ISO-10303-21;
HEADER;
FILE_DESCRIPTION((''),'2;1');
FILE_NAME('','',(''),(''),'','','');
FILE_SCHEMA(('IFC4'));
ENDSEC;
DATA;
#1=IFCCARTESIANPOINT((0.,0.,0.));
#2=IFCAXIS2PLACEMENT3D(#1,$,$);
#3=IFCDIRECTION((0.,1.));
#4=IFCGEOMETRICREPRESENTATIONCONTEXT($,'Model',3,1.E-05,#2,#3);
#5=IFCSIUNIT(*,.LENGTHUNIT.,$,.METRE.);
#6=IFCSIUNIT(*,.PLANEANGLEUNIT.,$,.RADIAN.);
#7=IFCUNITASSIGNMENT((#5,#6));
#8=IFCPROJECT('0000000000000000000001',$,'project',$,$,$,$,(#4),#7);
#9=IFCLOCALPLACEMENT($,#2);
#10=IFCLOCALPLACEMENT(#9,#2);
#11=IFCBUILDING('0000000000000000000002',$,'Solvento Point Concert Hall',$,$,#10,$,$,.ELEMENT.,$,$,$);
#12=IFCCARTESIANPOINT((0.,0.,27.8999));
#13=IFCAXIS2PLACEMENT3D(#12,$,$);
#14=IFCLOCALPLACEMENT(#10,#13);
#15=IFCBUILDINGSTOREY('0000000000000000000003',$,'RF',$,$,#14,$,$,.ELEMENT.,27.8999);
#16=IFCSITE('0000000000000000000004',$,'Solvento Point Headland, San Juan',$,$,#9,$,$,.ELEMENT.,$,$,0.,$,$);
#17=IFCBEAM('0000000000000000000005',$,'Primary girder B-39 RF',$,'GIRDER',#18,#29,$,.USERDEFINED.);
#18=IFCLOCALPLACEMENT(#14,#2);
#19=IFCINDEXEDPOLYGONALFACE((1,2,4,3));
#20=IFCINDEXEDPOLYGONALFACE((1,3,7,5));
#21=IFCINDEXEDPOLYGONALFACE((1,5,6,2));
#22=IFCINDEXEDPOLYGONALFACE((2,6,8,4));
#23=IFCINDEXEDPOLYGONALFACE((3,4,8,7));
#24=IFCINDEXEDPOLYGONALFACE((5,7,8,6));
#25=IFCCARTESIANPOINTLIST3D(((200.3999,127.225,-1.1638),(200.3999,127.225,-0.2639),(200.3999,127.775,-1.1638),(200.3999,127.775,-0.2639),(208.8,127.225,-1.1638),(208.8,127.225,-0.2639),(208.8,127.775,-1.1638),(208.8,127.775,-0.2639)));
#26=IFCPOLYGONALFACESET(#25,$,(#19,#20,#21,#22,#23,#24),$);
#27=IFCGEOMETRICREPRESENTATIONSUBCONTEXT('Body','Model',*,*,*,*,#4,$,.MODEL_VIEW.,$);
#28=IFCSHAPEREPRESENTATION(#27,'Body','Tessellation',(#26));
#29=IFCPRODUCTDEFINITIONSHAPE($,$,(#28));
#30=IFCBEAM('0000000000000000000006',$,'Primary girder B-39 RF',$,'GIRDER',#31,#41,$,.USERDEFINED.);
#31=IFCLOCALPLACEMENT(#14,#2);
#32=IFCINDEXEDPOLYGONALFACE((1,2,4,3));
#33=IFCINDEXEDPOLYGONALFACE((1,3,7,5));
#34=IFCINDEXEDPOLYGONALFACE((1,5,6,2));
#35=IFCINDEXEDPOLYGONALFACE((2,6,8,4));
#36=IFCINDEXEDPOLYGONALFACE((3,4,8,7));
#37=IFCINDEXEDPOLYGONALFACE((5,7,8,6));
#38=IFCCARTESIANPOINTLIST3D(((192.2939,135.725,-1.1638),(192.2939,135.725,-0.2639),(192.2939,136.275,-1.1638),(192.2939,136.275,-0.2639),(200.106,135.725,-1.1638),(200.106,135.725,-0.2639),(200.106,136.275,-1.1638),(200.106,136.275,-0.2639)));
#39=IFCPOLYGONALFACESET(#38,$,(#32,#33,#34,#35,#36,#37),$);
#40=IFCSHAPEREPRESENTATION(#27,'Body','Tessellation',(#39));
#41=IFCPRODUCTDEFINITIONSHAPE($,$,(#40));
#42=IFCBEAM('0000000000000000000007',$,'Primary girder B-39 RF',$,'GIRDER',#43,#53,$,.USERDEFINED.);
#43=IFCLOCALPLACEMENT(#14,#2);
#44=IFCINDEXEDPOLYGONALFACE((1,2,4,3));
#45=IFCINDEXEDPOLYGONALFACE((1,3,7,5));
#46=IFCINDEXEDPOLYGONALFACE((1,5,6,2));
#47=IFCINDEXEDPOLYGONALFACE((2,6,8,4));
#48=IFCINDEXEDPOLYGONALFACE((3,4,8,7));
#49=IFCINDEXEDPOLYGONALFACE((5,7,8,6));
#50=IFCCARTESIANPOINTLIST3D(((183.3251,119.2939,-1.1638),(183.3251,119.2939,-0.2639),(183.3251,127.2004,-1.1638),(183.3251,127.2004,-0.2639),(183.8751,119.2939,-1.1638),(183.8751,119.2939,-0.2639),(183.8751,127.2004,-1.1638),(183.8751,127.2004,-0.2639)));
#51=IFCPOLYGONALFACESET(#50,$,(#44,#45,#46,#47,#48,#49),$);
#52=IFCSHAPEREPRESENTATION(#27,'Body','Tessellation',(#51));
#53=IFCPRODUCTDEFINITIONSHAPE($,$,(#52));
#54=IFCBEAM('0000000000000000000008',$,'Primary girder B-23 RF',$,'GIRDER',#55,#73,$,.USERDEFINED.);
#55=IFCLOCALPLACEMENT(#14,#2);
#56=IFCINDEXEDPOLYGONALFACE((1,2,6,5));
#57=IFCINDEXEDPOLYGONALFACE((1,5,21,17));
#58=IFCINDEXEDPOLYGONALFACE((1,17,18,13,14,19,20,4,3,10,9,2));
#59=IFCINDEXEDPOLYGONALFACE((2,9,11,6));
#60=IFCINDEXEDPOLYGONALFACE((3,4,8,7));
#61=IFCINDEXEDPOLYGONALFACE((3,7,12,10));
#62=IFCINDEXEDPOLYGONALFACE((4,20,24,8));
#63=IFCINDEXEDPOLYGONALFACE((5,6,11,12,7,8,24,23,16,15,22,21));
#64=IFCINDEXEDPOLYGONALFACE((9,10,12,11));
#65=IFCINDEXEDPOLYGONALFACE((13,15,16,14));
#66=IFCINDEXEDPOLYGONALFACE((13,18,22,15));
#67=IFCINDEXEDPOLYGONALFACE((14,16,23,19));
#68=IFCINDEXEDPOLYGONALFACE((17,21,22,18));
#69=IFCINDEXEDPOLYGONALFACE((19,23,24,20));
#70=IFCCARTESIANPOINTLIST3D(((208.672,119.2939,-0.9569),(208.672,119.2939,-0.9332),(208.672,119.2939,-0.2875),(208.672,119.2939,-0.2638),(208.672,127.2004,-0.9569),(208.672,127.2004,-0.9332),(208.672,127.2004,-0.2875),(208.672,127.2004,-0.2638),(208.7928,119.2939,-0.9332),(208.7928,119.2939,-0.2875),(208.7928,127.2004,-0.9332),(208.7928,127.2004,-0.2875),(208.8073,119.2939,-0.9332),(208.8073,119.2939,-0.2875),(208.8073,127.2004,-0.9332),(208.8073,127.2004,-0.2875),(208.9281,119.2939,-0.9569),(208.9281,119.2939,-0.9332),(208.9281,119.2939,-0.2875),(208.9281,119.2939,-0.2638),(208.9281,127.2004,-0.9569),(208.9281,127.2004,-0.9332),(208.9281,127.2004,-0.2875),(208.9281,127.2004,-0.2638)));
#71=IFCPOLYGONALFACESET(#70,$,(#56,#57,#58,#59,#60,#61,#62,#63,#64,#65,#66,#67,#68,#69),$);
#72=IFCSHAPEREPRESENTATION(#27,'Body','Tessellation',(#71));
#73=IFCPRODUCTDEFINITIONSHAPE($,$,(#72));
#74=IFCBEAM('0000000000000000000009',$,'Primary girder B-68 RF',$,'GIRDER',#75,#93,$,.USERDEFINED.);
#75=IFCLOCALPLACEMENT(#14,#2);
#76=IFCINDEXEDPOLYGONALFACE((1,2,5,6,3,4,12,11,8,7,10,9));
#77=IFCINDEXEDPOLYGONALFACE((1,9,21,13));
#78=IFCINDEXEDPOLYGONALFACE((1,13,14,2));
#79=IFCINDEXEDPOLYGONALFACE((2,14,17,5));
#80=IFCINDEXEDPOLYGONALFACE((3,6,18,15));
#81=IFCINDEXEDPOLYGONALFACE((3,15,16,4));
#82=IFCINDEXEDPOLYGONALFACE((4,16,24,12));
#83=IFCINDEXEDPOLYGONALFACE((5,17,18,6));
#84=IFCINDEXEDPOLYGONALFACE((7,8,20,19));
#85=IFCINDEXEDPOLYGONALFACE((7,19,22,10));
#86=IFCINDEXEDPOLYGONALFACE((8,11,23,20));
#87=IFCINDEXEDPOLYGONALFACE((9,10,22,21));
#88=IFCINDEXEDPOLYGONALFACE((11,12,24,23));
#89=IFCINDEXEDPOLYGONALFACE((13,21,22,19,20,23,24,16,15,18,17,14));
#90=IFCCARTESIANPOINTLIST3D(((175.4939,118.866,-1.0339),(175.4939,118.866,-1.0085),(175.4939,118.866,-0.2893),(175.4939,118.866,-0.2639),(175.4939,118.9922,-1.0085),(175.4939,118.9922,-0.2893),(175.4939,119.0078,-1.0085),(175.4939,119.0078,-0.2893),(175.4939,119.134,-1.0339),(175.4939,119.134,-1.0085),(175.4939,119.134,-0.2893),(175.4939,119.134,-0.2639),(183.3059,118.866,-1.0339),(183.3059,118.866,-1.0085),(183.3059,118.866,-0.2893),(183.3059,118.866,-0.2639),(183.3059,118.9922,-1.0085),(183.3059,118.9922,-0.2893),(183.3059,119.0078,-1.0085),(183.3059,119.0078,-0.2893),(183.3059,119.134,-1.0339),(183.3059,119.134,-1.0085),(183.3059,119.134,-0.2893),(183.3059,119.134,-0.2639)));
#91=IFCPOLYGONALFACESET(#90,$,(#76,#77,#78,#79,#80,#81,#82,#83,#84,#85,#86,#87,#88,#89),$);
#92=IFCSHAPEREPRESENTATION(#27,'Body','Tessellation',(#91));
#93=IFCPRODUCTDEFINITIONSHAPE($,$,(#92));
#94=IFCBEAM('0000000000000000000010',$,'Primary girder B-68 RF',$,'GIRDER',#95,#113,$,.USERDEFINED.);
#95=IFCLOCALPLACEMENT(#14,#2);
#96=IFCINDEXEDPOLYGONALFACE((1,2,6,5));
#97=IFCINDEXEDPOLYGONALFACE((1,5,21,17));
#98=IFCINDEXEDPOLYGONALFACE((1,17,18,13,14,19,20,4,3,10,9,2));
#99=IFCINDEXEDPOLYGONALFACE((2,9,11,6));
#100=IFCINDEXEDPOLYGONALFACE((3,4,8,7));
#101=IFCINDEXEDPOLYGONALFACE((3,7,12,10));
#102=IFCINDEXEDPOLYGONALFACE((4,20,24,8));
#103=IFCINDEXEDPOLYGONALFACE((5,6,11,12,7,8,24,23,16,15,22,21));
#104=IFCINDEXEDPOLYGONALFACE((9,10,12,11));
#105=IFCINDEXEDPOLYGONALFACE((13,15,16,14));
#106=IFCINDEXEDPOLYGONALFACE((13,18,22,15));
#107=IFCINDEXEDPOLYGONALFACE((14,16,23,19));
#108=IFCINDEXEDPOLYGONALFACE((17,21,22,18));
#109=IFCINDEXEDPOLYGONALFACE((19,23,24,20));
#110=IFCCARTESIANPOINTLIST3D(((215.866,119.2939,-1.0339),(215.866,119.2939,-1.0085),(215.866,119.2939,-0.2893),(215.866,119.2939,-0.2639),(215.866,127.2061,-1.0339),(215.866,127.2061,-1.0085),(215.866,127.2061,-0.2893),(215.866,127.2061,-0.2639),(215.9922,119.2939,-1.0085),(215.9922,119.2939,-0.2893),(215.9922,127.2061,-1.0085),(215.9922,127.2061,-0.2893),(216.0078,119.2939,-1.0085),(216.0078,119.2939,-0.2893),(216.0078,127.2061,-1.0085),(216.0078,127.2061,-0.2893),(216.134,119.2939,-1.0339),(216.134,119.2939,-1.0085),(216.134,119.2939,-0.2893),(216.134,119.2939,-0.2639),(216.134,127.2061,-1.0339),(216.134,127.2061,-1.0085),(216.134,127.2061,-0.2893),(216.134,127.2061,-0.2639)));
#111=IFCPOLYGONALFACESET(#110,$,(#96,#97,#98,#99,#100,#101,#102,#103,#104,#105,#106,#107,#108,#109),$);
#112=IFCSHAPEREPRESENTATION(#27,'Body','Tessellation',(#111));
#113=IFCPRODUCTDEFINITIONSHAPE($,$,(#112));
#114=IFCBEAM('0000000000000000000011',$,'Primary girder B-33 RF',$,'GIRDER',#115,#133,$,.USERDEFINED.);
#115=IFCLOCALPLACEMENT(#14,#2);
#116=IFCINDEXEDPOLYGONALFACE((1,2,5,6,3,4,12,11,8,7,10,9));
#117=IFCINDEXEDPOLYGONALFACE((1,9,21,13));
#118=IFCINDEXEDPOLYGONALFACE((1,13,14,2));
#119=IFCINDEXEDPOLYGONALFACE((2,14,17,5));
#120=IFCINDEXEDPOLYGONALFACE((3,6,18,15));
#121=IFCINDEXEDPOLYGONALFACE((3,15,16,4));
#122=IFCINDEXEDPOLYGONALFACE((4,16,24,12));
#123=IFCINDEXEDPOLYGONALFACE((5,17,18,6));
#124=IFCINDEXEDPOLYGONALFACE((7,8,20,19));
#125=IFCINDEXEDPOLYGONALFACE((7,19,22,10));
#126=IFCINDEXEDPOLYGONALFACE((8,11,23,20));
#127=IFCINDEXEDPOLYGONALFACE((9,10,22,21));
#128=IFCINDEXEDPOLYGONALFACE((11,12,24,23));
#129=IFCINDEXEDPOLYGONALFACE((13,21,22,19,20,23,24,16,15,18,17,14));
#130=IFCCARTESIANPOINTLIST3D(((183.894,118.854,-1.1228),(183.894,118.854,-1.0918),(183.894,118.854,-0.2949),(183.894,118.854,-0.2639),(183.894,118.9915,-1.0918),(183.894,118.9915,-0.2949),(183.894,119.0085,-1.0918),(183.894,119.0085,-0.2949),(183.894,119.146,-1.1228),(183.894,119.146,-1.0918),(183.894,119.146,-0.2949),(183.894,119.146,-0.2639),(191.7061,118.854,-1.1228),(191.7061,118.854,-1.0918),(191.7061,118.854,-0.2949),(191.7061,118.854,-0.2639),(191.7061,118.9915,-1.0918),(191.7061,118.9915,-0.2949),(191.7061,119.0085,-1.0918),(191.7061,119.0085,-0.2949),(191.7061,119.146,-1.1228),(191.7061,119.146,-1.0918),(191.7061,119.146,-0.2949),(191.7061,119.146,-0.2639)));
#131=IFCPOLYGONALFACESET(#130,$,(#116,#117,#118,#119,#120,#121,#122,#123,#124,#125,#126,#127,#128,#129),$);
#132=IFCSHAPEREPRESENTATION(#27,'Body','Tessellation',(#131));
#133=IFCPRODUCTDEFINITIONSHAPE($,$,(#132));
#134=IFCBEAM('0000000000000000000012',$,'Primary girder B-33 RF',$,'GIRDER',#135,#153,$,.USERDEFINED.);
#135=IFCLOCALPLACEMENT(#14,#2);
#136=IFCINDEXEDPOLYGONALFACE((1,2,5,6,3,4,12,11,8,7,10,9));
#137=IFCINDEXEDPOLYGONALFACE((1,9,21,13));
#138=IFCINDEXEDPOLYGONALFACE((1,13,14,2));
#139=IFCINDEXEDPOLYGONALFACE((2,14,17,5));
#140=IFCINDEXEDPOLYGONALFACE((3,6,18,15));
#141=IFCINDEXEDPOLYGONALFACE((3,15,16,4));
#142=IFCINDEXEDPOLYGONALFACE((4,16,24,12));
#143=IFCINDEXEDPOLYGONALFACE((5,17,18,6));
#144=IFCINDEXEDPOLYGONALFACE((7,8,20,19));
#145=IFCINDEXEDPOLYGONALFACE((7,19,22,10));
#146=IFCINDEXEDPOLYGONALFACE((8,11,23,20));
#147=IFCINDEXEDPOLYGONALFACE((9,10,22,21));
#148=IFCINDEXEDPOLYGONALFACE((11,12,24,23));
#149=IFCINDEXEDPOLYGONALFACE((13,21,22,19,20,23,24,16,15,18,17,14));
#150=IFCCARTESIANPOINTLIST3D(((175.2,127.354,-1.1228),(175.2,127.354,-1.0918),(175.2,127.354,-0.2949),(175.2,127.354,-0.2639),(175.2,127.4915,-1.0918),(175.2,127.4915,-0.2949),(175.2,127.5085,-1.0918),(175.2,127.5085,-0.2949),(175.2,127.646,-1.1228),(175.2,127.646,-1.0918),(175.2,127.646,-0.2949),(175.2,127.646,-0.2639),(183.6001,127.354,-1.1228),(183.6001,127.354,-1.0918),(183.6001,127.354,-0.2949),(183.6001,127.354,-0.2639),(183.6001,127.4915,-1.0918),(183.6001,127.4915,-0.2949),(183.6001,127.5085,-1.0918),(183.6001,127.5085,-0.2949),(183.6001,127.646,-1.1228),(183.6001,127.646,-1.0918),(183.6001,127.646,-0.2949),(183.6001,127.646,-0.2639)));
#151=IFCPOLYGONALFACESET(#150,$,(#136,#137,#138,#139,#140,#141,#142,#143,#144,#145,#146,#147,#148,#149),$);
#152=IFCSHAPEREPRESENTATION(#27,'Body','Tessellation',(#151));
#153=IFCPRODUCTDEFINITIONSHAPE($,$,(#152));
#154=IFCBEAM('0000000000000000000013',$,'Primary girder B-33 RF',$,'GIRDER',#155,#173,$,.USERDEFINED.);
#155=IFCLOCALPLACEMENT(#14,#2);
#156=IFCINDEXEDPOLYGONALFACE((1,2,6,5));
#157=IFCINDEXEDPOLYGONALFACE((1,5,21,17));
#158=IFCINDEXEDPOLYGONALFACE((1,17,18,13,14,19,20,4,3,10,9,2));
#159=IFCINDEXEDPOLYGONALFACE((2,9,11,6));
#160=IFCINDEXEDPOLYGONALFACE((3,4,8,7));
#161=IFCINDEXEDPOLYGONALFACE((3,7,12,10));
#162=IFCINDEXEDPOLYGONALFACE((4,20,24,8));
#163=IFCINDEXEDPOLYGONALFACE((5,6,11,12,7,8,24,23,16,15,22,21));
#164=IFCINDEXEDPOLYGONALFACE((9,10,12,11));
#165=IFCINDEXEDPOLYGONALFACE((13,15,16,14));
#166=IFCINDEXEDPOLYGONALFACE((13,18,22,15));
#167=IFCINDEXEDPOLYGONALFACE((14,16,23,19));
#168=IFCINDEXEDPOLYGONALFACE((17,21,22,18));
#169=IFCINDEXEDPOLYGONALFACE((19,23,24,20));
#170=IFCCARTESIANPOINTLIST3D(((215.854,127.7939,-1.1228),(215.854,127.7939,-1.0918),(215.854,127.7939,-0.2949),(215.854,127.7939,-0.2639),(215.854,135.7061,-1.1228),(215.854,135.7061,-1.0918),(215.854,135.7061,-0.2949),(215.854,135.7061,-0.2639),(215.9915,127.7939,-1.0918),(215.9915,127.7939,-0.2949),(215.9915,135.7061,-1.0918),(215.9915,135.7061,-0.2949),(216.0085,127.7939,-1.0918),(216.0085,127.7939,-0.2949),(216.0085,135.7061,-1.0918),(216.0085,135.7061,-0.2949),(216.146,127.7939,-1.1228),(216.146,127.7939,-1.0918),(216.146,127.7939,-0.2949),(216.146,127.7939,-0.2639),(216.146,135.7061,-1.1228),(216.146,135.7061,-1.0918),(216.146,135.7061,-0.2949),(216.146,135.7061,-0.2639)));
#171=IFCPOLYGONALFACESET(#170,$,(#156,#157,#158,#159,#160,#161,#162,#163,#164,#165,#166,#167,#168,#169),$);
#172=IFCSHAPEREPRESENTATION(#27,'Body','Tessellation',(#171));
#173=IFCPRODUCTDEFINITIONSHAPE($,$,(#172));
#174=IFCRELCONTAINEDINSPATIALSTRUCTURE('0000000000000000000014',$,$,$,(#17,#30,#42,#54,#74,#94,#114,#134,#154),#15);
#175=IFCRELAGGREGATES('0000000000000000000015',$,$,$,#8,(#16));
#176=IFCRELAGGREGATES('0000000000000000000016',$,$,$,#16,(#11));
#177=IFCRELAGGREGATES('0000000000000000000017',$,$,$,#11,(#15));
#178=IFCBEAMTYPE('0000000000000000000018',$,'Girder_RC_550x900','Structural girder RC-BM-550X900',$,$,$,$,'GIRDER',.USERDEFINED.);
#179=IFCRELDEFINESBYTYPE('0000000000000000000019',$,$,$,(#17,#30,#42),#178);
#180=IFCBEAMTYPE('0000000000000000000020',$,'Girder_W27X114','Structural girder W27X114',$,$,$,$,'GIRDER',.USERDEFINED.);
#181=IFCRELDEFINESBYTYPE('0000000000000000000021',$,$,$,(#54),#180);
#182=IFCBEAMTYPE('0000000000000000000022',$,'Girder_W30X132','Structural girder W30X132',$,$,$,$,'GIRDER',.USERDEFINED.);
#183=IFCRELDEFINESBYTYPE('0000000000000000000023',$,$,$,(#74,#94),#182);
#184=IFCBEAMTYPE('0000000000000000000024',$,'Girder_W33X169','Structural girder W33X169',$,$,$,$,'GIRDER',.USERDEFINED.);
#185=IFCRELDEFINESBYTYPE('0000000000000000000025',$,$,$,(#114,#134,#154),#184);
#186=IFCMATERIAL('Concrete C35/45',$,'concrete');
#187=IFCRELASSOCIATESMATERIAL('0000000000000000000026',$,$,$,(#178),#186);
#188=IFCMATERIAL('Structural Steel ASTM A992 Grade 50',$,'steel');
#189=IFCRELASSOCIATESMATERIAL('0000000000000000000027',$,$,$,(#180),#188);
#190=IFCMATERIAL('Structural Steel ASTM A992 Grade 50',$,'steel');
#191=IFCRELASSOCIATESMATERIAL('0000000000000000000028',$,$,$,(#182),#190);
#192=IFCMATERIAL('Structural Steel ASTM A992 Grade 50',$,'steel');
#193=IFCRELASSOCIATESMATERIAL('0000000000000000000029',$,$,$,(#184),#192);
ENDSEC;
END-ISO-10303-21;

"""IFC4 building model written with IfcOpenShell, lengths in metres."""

from ifc_helpers import new_model, si_unit, direction, frame, origin, origin_2d, place, context, subcontext, project, spatial, rectangle, i_section, extrude, material, material_profile, profile_set, type_object, element, save


model = new_model("IFC4")

# Units and contexts
model_context = context("Model", 3, precision=1e-05, world=origin(), true_north=direction((0.0, 1.0)))
body_context = subcontext(model_context, "Body", "Model", "MODEL_VIEW")
ifc_project = project(units=[si_unit("LENGTHUNIT", "METRE"), si_unit("PLANEANGLEUNIT", "RADIAN")], contexts=[model_context])

# Site, building, storey
site_placement = place(None, origin())
site = spatial("IfcSite", under=ifc_project, at=site_placement, Name="Solvento Point Headland, San Juan", CompositionType="ELEMENT", RefElevation=0.0)
building_placement = place(site_placement, origin())
building = spatial("IfcBuilding", under=site, at=building_placement, Name="Solvento Point Concert Hall", CompositionType="ELEMENT")
storey_placement = place(building_placement, frame((0.0, 0.0, 27.8999)))
storey = spatial("IfcBuildingStorey", under=building, at=storey_placement, Name="RF", CompositionType="ELEMENT", Elevation=27.8999)

# Beams
ifc_material_1 = material(Name="Concrete C35/45", Category="concrete")
ifc_material_profile_1 = material_profile(ifc_material_1, rectangle(XDim=0.55, YDim=0.8999, at=origin_2d()), Name="RC-BM-550X900")
ifc_profile_set_1 = profile_set([ifc_material_profile_1], Name="Concrete C35/45")
beam_type_1 = type_object("IfcBeamType", Name="Girder_RC_550x900", Description="Structural girder RC-BM-550X900", ElementType="GIRDER", PredefinedType="USERDEFINED", material=ifc_profile_set_1)
beam_1_placement = place(storey_placement, frame((200.3999, 127.5, -0.7139), z_axis=(1.0, 0.0, 0.0), x_axis=(0.0, 1.0, 0.0)))
element("IfcBeam", 1, at=beam_1_placement, inside=storey, type_object=beam_type_1, Name="Primary girder B-39 RF", ObjectType="GIRDER", PredefinedType="USERDEFINED", context=body_context, shape_type="SweptSolid", body=[
    extrude(rectangle(XDim=0.55, YDim=0.8999, at=origin_2d()), origin(), (0.0, 0.0, 1.0), 8.4001),
])
beam_2_placement = place(storey_placement, frame((192.2939, 136.0, -0.7139), z_axis=(1.0, 0.0, 0.0), x_axis=(0.0, 1.0, 0.0)))
element("IfcBeam", 2, at=beam_2_placement, inside=storey, type_object=beam_type_1, Name="Primary girder B-39 RF", ObjectType="GIRDER", PredefinedType="USERDEFINED", context=body_context, shape_type="SweptSolid", body=[
    extrude(rectangle(XDim=0.55, YDim=0.8999, at=origin_2d()), origin(), (0.0, 0.0, 1.0), 7.812),
])
beam_3_placement = place(storey_placement, frame((183.6001, 119.2939, -0.7139), z_axis=(0.0, 1.0, 0.0), x_axis=(-1.0, 0.0, 0.0)))
element("IfcBeam", 3, at=beam_3_placement, inside=storey, type_object=beam_type_1, Name="Primary girder B-39 RF", ObjectType="GIRDER", PredefinedType="USERDEFINED", context=body_context, shape_type="SweptSolid", body=[
    extrude(rectangle(XDim=0.55, YDim=0.8999, at=origin_2d()), origin(), (0.0, 0.0, 1.0), 7.9065),
])
ifc_material_2 = material(Name="Structural Steel ASTM A992 Grade 50", Category="steel")
ifc_material_profile_2 = material_profile(ifc_material_2, i_section(OverallWidth=0.2561, OverallDepth=0.6931, WebThickness=0.0144, FlangeThickness=0.0237, at=origin_2d()), Name="W27X114")
ifc_profile_set_2 = profile_set([ifc_material_profile_2], Name="Structural Steel ASTM A992 Grade 50")
beam_type_2 = type_object("IfcBeamType", Name="Girder_W27X114", Description="Structural girder W27X114", ElementType="GIRDER", PredefinedType="USERDEFINED", material=ifc_profile_set_2)
beam_4_placement = place(storey_placement, frame((208.8, 119.2939, -0.6104), z_axis=(0.0, 1.0, 0.0), x_axis=(-1.0, 0.0, 0.0)))
element("IfcBeam", 4, at=beam_4_placement, inside=storey, type_object=beam_type_2, Name="Primary girder B-23 RF", ObjectType="GIRDER", PredefinedType="USERDEFINED", context=body_context, shape_type="SweptSolid", body=[
    extrude(i_section(OverallWidth=0.2561, OverallDepth=0.6931, WebThickness=0.0144, FlangeThickness=0.0237, at=origin_2d()), origin(), (0.0, 0.0, 1.0), 7.9065),
])
ifc_material_3 = material(Name="Structural Steel ASTM A992 Grade 50", Category="steel")
ifc_material_profile_3 = material_profile(ifc_material_3, i_section(OverallWidth=0.2681, OverallDepth=0.77, WebThickness=0.0156, FlangeThickness=0.0254, at=origin_2d()), Name="W30X132")
ifc_profile_set_3 = profile_set([ifc_material_profile_3], Name="Structural Steel ASTM A992 Grade 50")
beam_type_3 = type_object("IfcBeamType", Name="Girder_W30X132", Description="Structural girder W30X132", ElementType="GIRDER", PredefinedType="USERDEFINED", material=ifc_profile_set_3)
beam_5_placement = place(storey_placement, frame((175.4939, 119.0, -0.6489), z_axis=(1.0, 0.0, 0.0), x_axis=(0.0, 1.0, 0.0)))
element("IfcBeam", 5, at=beam_5_placement, inside=storey, type_object=beam_type_3, Name="Primary girder B-68 RF", ObjectType="GIRDER", PredefinedType="USERDEFINED", context=body_context, shape_type="SweptSolid", body=[
    extrude(i_section(OverallWidth=0.2681, OverallDepth=0.77, WebThickness=0.0156, FlangeThickness=0.0254, at=origin_2d()), origin(), (0.0, 0.0, 1.0), 7.812),
])
beam_6_placement = place(storey_placement, frame((216.0, 119.2939, -0.6489), z_axis=(0.0, 1.0, 0.0), x_axis=(-1.0, 0.0, 0.0)))
element("IfcBeam", 6, at=beam_6_placement, inside=storey, type_object=beam_type_3, Name="Primary girder B-68 RF", ObjectType="GIRDER", PredefinedType="USERDEFINED", context=body_context, shape_type="SweptSolid", body=[
    extrude(i_section(OverallWidth=0.2681, OverallDepth=0.77, WebThickness=0.0156, FlangeThickness=0.0254, at=origin_2d()), origin(), (0.0, 0.0, 1.0), 7.9121),
])
ifc_material_4 = material(Name="Structural Steel ASTM A992 Grade 50", Category="steel")
ifc_material_profile_4 = material_profile(ifc_material_4, i_section(OverallWidth=0.292, OverallDepth=0.8589, WebThickness=0.0171, FlangeThickness=0.031, at=origin_2d()), Name="W33X169")
ifc_profile_set_4 = profile_set([ifc_material_profile_4], Name="Structural Steel ASTM A992 Grade 50")
beam_type_4 = type_object("IfcBeamType", Name="Girder_W33X169", Description="Structural girder W33X169", ElementType="GIRDER", PredefinedType="USERDEFINED", material=ifc_profile_set_4)
beam_7_placement = place(storey_placement, frame((183.894, 119.0, -0.6934), z_axis=(1.0, 0.0, 0.0), x_axis=(0.0, 1.0, 0.0)))
element("IfcBeam", 7, at=beam_7_placement, inside=storey, type_object=beam_type_4, Name="Primary girder B-33 RF", ObjectType="GIRDER", PredefinedType="USERDEFINED", context=body_context, shape_type="SweptSolid", body=[
    extrude(i_section(OverallWidth=0.292, OverallDepth=0.8589, WebThickness=0.0171, FlangeThickness=0.031, at=origin_2d()), origin(), (0.0, 0.0, 1.0), 7.812),
])
beam_8_placement = place(storey_placement, frame((175.2, 127.5, -0.6934), z_axis=(1.0, 0.0, 0.0), x_axis=(0.0, 1.0, 0.0)))
element("IfcBeam", 8, at=beam_8_placement, inside=storey, type_object=beam_type_4, Name="Primary girder B-33 RF", ObjectType="GIRDER", PredefinedType="USERDEFINED", context=body_context, shape_type="SweptSolid", body=[
    extrude(i_section(OverallWidth=0.292, OverallDepth=0.8589, WebThickness=0.0171, FlangeThickness=0.031, at=origin_2d()), origin(), (0.0, 0.0, 1.0), 8.4001),
])
beam_9_placement = place(storey_placement, frame((216.0, 127.7939, -0.6934), z_axis=(0.0, 1.0, 0.0), x_axis=(-1.0, 0.0, 0.0)))
element("IfcBeam", 9, at=beam_9_placement, inside=storey, type_object=beam_type_4, Name="Primary girder B-33 RF", ObjectType="GIRDER", PredefinedType="USERDEFINED", context=body_context, shape_type="SweptSolid", body=[
    extrude(i_section(OverallWidth=0.292, OverallDepth=0.8589, WebThickness=0.0171, FlangeThickness=0.031, at=origin_2d()), origin(), (0.0, 0.0, 1.0), 7.9121),
])

save(model, "model.ifc")
